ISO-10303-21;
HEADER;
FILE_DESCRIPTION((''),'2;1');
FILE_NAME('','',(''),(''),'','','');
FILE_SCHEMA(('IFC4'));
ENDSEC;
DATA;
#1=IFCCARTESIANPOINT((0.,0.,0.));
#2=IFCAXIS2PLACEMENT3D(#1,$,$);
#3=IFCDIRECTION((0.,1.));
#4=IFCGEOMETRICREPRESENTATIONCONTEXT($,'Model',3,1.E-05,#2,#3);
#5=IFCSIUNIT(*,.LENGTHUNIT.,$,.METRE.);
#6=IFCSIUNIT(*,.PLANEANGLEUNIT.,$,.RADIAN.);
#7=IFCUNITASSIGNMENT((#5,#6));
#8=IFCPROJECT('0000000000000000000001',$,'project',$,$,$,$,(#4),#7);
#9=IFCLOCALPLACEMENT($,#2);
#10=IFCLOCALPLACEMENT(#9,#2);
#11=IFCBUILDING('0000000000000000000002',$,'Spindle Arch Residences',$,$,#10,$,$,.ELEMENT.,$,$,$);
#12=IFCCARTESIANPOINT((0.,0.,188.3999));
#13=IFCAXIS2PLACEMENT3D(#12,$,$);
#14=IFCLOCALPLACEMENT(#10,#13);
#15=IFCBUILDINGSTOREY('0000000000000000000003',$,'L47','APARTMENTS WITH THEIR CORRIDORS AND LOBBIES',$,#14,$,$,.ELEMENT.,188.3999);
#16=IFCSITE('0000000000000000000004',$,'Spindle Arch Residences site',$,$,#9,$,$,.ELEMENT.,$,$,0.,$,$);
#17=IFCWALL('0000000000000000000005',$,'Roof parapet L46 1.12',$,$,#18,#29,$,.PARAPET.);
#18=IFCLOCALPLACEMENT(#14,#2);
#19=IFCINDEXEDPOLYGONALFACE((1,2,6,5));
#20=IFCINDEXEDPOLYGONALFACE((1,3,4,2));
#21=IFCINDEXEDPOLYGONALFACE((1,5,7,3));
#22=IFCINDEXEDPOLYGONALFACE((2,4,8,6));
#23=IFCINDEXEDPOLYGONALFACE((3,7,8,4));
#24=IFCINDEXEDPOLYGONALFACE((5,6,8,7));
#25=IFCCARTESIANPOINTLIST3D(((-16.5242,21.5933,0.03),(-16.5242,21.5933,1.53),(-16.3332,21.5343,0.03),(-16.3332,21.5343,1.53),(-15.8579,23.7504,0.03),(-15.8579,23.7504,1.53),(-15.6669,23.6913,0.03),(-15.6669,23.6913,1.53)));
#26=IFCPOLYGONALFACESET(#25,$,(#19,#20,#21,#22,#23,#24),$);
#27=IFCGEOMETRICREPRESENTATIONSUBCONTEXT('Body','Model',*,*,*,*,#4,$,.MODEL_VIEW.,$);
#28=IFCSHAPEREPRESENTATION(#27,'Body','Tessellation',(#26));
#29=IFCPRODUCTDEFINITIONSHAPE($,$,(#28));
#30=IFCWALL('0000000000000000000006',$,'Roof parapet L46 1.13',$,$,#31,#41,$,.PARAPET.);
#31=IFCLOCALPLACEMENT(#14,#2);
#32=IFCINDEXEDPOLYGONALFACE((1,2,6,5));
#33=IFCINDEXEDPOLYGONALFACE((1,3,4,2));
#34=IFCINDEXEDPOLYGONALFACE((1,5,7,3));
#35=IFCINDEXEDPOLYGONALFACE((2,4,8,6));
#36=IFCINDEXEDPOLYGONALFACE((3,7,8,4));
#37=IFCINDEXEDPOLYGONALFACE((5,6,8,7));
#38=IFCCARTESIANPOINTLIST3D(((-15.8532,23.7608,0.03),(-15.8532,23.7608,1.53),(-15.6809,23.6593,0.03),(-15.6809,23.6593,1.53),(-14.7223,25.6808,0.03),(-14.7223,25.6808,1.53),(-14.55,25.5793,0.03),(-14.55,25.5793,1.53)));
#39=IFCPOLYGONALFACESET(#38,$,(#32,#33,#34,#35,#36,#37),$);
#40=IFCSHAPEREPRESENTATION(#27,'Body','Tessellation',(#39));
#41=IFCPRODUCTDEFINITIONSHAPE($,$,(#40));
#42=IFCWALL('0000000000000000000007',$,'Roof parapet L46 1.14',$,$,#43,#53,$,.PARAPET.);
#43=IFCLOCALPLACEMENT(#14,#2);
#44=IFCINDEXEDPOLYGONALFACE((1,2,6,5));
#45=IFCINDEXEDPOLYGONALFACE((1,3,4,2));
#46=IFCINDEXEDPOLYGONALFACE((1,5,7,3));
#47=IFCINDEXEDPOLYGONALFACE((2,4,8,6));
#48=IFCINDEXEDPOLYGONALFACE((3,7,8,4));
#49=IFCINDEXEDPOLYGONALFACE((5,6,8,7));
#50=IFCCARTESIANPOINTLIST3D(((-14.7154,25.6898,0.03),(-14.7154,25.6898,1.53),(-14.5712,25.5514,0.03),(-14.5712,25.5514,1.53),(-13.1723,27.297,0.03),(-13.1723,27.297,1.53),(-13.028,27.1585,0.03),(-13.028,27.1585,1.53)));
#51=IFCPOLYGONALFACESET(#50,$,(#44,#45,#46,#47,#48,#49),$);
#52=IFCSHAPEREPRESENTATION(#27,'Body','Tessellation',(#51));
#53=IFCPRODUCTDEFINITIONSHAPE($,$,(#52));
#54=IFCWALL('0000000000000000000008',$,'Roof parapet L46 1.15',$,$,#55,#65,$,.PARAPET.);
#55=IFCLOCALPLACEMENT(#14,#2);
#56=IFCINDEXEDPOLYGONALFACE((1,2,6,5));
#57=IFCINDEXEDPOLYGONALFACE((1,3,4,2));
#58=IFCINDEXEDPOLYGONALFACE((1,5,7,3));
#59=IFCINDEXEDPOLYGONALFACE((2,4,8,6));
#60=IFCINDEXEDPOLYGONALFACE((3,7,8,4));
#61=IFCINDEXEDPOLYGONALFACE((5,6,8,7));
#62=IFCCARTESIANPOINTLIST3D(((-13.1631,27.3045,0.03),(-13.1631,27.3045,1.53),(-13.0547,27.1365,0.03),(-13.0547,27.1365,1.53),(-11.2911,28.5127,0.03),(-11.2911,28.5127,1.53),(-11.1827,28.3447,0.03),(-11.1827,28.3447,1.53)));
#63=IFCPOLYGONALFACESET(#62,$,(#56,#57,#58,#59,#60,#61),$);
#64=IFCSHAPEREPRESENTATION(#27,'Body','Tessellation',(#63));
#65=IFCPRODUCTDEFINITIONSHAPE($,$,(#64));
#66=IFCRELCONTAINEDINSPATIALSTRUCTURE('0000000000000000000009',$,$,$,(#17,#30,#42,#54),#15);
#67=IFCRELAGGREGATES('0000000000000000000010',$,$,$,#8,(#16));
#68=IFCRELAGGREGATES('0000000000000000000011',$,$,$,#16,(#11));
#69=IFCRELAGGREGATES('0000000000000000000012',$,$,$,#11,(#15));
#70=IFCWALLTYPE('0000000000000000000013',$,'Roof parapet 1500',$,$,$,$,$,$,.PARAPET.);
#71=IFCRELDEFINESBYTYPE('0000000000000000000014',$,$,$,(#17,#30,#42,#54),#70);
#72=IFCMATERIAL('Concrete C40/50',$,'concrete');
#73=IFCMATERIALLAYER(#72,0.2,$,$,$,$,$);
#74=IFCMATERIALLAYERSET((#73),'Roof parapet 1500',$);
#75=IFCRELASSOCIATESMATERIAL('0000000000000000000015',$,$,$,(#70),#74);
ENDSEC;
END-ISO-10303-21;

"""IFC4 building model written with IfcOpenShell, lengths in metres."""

from ifc_helpers import new_model, si_unit, direction, frame, frame_2d, origin, place, context, subcontext, project, spatial, rectangle, extrude, material, layer, layer_set, type_object, element, save


model = new_model("IFC4")

# Units and contexts
model_context = context("Model", 3, precision=1e-05, world=origin(), true_north=direction((0.0, 1.0)))
body_context = subcontext(model_context, "Body", "Model", "MODEL_VIEW")
ifc_project = project(units=[si_unit("LENGTHUNIT", "METRE"), si_unit("PLANEANGLEUNIT", "RADIAN")], contexts=[model_context])

# Site, building, storey
site_placement = place(None, origin())
site = spatial("IfcSite", under=ifc_project, at=site_placement, Name="Spindle Arch Residences site", CompositionType="ELEMENT", RefElevation=0.0)
building_placement = place(site_placement, origin())
building = spatial("IfcBuilding", under=site, at=building_placement, Name="Spindle Arch Residences", CompositionType="ELEMENT")
storey_placement = place(building_placement, frame((0.0, 0.0, 188.3999)))
storey = spatial("IfcBuildingStorey", under=building, at=storey_placement, Name="L47", Description="APARTMENTS WITH THEIR CORRIDORS AND LOBBIES", CompositionType="ELEMENT", Elevation=188.3999)

# Walls
ifc_material_1 = material(Name="Concrete C40/50", Category="concrete")
ifc_layer_1 = layer(ifc_material_1, 0.2)
ifc_layer_set_1 = layer_set([ifc_layer_1], Name="Roof parapet 1500")
wall_type_1 = type_object("IfcWallType", Name="Roof parapet 1500", PredefinedType="PARAPET", material=ifc_layer_set_1)
wall_1_placement = place(storey_placement, frame((-16.4287, 21.5637, 0.03), z_axis=(0.0, 0.0, 1.0), x_axis=(0.295127, 0.955458, 0.0)))
element("IfcWall", 1, at=wall_1_placement, inside=storey, type_object=wall_type_1, Name="Roof parapet L46 1.12", PredefinedType="PARAPET", context=body_context, shape_type="SweptSolid", body=[
    extrude(rectangle(XDim=2.2576, YDim=0.2, at=frame_2d((1.1289, 0.0))), origin(), (0.0, 0.0, 1.0), 1.5),
])
wall_2_placement = place(storey_placement, frame((-15.7671, 23.71, 0.03), z_axis=(0.0, 0.0, 1.0), x_axis=(0.507518, 0.861641, 0.0)))
element("IfcWall", 2, at=wall_2_placement, inside=storey, type_object=wall_type_1, Name="Roof parapet L46 1.13", PredefinedType="PARAPET", context=body_context, shape_type="SweptSolid", body=[
    extrude(rectangle(XDim=2.2283, YDim=0.2, at=frame_2d((1.1143, 0.0))), origin(), (0.0, 0.0, 1.0), 1.5),
])
for number, where, z_axis, x_axis, name in (
    (3, (-14.6433, 25.6206, 0.03), (0.0, 0.0, 1.0), (0.692607, 0.721315, 0.0), "Roof parapet L46 1.14"),
    (4, (-13.1089, 27.2205, 0.03), (0.0, 0.0, 1.0), (0.840202, 0.542274, 0.0), "Roof parapet L46 1.15"),
):
    element("IfcWall", number, at=place(storey_placement, frame(where, z_axis=z_axis, x_axis=x_axis)), inside=storey, type_object=wall_type_1, Name=name, PredefinedType="PARAPET", context=body_context, shape_type="SweptSolid", body=[
        extrude(rectangle(XDim=2.228, YDim=0.2, at=frame_2d((1.114, 0.0))), origin(), (0.0, 0.0, 1.0), 1.5),
    ])

save(model, "model.ifc")
